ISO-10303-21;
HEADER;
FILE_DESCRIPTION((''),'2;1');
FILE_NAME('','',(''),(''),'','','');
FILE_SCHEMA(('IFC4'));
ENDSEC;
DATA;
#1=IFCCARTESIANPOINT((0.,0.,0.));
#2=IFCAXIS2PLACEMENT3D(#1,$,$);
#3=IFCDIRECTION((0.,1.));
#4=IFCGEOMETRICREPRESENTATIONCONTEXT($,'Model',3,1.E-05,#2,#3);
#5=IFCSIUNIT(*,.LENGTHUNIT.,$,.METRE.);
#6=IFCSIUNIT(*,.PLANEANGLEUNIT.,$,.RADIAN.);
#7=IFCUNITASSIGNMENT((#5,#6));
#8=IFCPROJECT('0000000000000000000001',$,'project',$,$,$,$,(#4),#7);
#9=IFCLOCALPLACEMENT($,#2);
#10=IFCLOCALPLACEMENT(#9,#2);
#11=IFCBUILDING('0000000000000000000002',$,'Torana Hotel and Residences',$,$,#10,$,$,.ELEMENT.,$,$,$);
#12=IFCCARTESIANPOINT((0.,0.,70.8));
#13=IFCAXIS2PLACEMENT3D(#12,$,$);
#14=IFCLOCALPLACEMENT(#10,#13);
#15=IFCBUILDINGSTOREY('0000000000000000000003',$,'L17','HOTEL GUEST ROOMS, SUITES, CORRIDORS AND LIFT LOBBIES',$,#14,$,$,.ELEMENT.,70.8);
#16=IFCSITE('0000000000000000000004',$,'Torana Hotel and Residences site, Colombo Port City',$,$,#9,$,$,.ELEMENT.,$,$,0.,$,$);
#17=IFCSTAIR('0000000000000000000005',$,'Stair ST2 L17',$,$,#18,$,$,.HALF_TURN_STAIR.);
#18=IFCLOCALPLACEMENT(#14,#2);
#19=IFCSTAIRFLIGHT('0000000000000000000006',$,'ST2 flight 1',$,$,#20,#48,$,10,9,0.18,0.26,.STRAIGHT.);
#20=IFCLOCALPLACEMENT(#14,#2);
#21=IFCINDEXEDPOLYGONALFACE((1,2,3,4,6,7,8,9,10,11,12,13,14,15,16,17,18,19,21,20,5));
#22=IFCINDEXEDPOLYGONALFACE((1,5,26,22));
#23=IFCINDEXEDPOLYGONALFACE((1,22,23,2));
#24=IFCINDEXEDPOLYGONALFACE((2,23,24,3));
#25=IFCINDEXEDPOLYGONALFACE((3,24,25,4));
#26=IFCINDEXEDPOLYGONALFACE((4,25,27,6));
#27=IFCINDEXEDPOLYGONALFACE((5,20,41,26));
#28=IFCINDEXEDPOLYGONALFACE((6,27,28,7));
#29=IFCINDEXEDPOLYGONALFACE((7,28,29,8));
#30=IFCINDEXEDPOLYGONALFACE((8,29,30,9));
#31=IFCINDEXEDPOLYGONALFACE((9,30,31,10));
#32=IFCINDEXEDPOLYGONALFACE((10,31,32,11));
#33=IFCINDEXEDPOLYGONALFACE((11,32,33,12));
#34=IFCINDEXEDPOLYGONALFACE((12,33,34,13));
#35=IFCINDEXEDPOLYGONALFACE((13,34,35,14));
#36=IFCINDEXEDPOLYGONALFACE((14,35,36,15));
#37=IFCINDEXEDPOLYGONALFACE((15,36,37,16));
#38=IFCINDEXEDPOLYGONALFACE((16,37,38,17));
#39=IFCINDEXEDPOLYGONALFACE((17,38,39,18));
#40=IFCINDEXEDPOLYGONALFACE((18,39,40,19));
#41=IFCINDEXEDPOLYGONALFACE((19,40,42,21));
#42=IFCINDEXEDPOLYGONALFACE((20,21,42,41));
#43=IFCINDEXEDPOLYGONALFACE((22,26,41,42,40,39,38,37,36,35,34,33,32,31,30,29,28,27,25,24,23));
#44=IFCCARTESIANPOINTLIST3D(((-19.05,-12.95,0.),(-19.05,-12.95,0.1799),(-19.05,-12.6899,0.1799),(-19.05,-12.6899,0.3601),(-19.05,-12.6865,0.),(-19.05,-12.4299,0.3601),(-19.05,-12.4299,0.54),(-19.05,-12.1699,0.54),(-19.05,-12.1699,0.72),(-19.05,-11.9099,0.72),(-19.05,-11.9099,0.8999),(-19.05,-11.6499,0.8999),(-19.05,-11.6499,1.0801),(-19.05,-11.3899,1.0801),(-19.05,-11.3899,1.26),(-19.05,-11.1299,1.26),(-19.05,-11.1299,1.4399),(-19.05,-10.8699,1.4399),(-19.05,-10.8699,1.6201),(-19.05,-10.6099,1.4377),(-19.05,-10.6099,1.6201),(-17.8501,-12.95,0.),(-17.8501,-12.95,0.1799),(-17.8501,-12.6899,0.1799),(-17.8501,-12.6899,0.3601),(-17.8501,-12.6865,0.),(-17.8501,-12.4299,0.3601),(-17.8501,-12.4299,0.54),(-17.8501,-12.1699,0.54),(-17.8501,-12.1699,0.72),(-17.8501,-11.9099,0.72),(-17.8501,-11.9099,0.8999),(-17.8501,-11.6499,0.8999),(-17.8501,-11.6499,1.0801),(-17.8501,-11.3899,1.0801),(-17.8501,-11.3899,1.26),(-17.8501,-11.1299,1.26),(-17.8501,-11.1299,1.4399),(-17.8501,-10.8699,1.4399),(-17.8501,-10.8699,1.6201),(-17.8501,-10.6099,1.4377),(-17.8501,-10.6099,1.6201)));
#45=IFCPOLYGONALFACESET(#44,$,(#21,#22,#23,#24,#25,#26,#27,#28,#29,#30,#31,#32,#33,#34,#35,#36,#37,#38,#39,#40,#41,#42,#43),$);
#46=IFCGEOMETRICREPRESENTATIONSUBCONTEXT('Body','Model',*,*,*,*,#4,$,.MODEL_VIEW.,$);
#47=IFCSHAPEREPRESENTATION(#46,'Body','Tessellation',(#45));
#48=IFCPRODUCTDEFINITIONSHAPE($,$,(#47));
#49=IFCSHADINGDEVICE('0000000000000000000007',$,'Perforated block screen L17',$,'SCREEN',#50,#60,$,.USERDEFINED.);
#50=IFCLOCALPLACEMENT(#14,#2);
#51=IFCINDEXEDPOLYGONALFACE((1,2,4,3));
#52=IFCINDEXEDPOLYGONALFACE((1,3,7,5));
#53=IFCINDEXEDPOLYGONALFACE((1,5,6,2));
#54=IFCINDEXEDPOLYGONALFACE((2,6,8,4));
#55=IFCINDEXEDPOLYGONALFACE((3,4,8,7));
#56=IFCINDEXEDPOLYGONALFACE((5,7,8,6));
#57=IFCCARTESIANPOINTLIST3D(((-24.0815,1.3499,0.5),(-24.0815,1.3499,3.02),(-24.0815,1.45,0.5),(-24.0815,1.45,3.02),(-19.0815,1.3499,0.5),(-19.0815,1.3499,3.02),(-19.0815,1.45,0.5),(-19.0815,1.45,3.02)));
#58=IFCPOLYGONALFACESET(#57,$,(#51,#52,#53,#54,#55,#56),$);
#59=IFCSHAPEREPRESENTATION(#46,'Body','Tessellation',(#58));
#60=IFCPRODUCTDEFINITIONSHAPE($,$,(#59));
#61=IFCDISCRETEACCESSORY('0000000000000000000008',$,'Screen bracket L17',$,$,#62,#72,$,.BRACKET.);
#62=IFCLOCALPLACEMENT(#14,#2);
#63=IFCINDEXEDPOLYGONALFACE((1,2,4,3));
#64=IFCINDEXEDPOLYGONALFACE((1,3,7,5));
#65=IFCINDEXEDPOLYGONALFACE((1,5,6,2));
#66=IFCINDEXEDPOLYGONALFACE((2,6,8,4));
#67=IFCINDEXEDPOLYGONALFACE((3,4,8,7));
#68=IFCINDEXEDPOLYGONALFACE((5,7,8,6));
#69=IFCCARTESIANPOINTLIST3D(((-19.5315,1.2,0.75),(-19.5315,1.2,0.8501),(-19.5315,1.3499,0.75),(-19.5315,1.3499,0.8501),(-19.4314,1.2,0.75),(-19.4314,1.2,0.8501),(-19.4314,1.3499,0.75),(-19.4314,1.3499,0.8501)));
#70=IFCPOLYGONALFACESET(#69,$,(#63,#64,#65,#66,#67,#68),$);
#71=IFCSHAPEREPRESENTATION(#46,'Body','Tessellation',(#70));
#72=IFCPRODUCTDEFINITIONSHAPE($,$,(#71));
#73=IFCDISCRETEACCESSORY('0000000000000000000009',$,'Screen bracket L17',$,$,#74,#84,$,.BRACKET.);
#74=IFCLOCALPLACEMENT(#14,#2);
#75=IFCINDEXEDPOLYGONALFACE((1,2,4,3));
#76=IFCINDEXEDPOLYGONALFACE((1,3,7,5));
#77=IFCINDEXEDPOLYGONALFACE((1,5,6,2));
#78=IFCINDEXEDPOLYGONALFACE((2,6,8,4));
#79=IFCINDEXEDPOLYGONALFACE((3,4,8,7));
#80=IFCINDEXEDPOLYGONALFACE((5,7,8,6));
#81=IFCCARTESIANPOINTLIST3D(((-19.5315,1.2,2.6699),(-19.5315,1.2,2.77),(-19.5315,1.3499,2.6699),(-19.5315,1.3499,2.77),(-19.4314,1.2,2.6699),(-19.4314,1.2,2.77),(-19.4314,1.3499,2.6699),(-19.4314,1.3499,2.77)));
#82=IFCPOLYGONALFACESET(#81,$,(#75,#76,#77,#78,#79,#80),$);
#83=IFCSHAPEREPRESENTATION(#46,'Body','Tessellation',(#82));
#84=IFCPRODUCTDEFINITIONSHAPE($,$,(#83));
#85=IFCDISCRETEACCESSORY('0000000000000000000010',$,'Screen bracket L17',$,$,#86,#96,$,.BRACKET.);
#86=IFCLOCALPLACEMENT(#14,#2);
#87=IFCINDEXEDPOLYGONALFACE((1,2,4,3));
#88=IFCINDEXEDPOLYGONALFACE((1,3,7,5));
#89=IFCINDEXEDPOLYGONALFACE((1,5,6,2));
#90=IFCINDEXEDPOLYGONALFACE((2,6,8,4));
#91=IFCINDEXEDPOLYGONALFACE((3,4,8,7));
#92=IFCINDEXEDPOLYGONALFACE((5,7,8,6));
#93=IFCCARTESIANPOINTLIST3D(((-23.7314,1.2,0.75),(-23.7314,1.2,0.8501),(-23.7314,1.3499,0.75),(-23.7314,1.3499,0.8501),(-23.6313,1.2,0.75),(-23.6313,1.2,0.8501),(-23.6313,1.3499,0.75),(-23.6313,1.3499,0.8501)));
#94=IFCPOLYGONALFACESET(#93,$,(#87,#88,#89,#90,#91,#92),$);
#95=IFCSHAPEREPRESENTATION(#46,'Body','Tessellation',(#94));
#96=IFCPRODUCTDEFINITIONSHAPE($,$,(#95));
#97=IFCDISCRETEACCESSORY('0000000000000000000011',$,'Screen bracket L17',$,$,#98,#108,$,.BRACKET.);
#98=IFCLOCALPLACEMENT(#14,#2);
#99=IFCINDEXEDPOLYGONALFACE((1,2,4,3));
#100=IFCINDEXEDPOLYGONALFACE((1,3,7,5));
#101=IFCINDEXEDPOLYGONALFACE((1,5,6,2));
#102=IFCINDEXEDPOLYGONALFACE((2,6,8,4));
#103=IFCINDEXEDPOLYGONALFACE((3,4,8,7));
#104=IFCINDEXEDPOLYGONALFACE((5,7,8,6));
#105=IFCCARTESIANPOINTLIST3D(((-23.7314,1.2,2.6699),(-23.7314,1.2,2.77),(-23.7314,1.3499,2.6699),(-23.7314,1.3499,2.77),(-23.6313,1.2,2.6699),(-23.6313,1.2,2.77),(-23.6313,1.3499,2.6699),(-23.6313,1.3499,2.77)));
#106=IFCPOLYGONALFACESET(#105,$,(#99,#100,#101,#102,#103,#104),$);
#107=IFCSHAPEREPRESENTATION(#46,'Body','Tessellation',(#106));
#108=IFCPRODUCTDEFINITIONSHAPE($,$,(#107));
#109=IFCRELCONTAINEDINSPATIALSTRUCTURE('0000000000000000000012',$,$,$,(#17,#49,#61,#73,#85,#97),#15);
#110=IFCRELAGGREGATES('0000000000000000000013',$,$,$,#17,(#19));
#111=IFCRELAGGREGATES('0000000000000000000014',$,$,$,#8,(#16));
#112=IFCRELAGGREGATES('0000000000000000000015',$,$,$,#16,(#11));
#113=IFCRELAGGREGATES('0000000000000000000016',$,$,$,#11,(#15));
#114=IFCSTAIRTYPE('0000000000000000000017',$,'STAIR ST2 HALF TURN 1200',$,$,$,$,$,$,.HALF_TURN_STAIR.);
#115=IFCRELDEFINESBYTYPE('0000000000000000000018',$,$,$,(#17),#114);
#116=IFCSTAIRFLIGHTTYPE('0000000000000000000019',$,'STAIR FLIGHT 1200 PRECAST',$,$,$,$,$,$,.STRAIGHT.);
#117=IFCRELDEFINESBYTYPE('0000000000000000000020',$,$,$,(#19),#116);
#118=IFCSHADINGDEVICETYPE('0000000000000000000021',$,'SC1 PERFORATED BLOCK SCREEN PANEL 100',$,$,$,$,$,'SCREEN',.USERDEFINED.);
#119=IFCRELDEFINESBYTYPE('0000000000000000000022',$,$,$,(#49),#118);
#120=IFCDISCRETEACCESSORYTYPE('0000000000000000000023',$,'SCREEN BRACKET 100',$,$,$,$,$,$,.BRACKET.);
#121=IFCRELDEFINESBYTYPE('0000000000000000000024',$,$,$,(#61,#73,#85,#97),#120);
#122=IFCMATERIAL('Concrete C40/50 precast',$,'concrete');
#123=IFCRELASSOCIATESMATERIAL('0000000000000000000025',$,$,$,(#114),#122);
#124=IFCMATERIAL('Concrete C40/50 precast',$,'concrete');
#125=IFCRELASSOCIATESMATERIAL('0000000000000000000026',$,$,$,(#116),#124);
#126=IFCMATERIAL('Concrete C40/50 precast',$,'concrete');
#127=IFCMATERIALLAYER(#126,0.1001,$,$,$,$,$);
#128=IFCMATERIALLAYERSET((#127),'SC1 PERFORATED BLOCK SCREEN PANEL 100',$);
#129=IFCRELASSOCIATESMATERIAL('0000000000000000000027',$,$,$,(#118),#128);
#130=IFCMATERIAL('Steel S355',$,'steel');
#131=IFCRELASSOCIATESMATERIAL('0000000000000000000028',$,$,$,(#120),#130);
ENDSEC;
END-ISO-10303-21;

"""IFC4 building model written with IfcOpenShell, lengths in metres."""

from ifc_helpers import new_model, si_unit, direction, frame, origin, origin_2d, place, context, subcontext, project, spatial, polyline, rectangle, outline, extrude, material, layer, layer_set, type_object, element, aggregate, save


model = new_model("IFC4")

# Units and contexts
model_context = context("Model", 3, precision=1e-05, world=origin(), true_north=direction((0.0, 1.0)))
body_context = subcontext(model_context, "Body", "Model", "MODEL_VIEW")
ifc_project = project(units=[si_unit("LENGTHUNIT", "METRE"), si_unit("PLANEANGLEUNIT", "RADIAN")], contexts=[model_context])

# Site, building, storey
site_placement = place(None, origin())
site = spatial("IfcSite", under=ifc_project, at=site_placement, Name="Torana Hotel and Residences site, Colombo Port City", CompositionType="ELEMENT", RefElevation=0.0)
building_placement = place(site_placement, origin())
building = spatial("IfcBuilding", under=site, at=building_placement, Name="Torana Hotel and Residences", CompositionType="ELEMENT")
storey_placement = place(building_placement, frame((0.0, 0.0, 70.8)))
storey = spatial("IfcBuildingStorey", under=building, at=storey_placement, Name="L17", Description="HOTEL GUEST ROOMS, SUITES, CORRIDORS AND LIFT LOBBIES", CompositionType="ELEMENT", Elevation=70.8)

# Stair, stair flight
ifc_material_1 = material(Name="Concrete C40/50 precast", Category="concrete")
stair_type = type_object("IfcStairType", Name="STAIR ST2 HALF TURN 1200", PredefinedType="HALF_TURN_STAIR", material=ifc_material_1)
stair_placement = place(storey_placement, origin())
stair = element("IfcStair", 1, at=stair_placement, inside=storey, type_object=stair_type, Name="Stair ST2 L17", PredefinedType="HALF_TURN_STAIR")
ifc_material_2 = material(Name="Concrete C40/50 precast", Category="concrete")
stair_flight_type = type_object("IfcStairFlightType", Name="STAIR FLIGHT 1200 PRECAST", PredefinedType="STRAIGHT", material=ifc_material_2)
stair_flight_placement = place(storey_placement, frame((-18.45, -12.95, 0.0), z_axis=(0.0, 0.0, 1.0), x_axis=(0.0, 1.0, 0.0)))
stair_flight = element("IfcStairFlight", 2, at=stair_flight_placement, type_object=stair_flight_type, Name="ST2 flight 1", NumberOfRisers=10, NumberOfTreads=9, PredefinedType="STRAIGHT", RiserHeight=0.18, TreadLength=0.26, context=body_context, shape_type="SweptSolid", body=[
    extrude(outline(polyline([(0.0, 0.0), (0.0, 0.1799), (0.26, 0.1799), (0.26, 0.3601), (0.52, 0.3601), (0.52, 0.54), (0.78, 0.54), (0.78, 0.72), (1.04, 0.72), (1.04, 0.8999), (1.3, 0.8999), (1.3, 1.0801), (1.5601, 1.0801), (1.5601, 1.26), (1.8201, 1.26), (1.8201, 1.4399), (2.0801, 1.4399), (2.0801, 1.6201), (2.3401, 1.6201), (2.3401, 1.8), (2.3401, 1.4377), (0.2634, 0.0), (0.0, 0.0)])), frame((0.0, 0.6001, 0.0), z_axis=(0.0, -1.0, 0.0), x_axis=(1.0, 0.0, 0.0)), (0.0, 0.0, 1.0), 1.2),
])
aggregate(stair, [stair_flight])

# Shading device
ifc_material_3 = material(Name="Concrete C40/50 precast", Category="concrete")
ifc_layer_1 = layer(ifc_material_3, 0.1001)
ifc_layer_set_1 = layer_set([ifc_layer_1], Name="SC1 PERFORATED BLOCK SCREEN PANEL 100")
shading_device_type = type_object("IfcShadingDeviceType", Name="SC1 PERFORATED BLOCK SCREEN PANEL 100", ElementType="SCREEN", PredefinedType="USERDEFINED", material=ifc_layer_set_1)
shading_device_placement = place(storey_placement, frame((-21.5815, 1.3999, 0.5), z_axis=(0.0, 0.0, 1.0), x_axis=(-1.0, 0.0, 0.0)))
element("IfcShadingDevice", 3, at=shading_device_placement, inside=storey, type_object=shading_device_type, Name="Perforated block screen L17", ObjectType="SCREEN", PredefinedType="USERDEFINED", context=body_context, shape_type="SweptSolid", body=[
    extrude(rectangle(XDim=5.0, YDim=0.1001, at=origin_2d()), origin(), (0.0, 0.0, 1.0), 2.52),
])

# Discrete accessories
ifc_material_4 = material(Name="Steel S355", Category="steel")
discrete_accessory_type = type_object("IfcDiscreteAccessoryType", Name="SCREEN BRACKET 100", PredefinedType="BRACKET", material=ifc_material_4)
for number, where, z_axis, x_axis, name in (
    (4, (-19.4814, 1.2749, 0.75), (0.0, 0.0, 1.0), (-1.0, 0.0, 0.0), "Screen bracket L17"),
    (5, (-19.4814, 1.2749, 2.6699), (0.0, 0.0, 1.0), (-1.0, 0.0, 0.0), "Screen bracket L17"),
    (6, (-23.6814, 1.2749, 0.75), (0.0, 0.0, 1.0), (-1.0, 0.0, 0.0), "Screen bracket L17"),
    (7, (-23.6814, 1.2749, 2.6699), (0.0, 0.0, 1.0), (-1.0, 0.0, 0.0), "Screen bracket L17"),
):
    element("IfcDiscreteAccessory", number, at=place(storey_placement, frame(where, z_axis=z_axis, x_axis=x_axis)), inside=storey, type_object=discrete_accessory_type, Name=name, PredefinedType="BRACKET", context=body_context, shape_type="SweptSolid", body=[
        extrude(rectangle(XDim=0.1001, YDim=0.1499, at=origin_2d()), origin(), (0.0, 0.0, 1.0), 0.1001),
    ])

save(model, "model.ifc")
